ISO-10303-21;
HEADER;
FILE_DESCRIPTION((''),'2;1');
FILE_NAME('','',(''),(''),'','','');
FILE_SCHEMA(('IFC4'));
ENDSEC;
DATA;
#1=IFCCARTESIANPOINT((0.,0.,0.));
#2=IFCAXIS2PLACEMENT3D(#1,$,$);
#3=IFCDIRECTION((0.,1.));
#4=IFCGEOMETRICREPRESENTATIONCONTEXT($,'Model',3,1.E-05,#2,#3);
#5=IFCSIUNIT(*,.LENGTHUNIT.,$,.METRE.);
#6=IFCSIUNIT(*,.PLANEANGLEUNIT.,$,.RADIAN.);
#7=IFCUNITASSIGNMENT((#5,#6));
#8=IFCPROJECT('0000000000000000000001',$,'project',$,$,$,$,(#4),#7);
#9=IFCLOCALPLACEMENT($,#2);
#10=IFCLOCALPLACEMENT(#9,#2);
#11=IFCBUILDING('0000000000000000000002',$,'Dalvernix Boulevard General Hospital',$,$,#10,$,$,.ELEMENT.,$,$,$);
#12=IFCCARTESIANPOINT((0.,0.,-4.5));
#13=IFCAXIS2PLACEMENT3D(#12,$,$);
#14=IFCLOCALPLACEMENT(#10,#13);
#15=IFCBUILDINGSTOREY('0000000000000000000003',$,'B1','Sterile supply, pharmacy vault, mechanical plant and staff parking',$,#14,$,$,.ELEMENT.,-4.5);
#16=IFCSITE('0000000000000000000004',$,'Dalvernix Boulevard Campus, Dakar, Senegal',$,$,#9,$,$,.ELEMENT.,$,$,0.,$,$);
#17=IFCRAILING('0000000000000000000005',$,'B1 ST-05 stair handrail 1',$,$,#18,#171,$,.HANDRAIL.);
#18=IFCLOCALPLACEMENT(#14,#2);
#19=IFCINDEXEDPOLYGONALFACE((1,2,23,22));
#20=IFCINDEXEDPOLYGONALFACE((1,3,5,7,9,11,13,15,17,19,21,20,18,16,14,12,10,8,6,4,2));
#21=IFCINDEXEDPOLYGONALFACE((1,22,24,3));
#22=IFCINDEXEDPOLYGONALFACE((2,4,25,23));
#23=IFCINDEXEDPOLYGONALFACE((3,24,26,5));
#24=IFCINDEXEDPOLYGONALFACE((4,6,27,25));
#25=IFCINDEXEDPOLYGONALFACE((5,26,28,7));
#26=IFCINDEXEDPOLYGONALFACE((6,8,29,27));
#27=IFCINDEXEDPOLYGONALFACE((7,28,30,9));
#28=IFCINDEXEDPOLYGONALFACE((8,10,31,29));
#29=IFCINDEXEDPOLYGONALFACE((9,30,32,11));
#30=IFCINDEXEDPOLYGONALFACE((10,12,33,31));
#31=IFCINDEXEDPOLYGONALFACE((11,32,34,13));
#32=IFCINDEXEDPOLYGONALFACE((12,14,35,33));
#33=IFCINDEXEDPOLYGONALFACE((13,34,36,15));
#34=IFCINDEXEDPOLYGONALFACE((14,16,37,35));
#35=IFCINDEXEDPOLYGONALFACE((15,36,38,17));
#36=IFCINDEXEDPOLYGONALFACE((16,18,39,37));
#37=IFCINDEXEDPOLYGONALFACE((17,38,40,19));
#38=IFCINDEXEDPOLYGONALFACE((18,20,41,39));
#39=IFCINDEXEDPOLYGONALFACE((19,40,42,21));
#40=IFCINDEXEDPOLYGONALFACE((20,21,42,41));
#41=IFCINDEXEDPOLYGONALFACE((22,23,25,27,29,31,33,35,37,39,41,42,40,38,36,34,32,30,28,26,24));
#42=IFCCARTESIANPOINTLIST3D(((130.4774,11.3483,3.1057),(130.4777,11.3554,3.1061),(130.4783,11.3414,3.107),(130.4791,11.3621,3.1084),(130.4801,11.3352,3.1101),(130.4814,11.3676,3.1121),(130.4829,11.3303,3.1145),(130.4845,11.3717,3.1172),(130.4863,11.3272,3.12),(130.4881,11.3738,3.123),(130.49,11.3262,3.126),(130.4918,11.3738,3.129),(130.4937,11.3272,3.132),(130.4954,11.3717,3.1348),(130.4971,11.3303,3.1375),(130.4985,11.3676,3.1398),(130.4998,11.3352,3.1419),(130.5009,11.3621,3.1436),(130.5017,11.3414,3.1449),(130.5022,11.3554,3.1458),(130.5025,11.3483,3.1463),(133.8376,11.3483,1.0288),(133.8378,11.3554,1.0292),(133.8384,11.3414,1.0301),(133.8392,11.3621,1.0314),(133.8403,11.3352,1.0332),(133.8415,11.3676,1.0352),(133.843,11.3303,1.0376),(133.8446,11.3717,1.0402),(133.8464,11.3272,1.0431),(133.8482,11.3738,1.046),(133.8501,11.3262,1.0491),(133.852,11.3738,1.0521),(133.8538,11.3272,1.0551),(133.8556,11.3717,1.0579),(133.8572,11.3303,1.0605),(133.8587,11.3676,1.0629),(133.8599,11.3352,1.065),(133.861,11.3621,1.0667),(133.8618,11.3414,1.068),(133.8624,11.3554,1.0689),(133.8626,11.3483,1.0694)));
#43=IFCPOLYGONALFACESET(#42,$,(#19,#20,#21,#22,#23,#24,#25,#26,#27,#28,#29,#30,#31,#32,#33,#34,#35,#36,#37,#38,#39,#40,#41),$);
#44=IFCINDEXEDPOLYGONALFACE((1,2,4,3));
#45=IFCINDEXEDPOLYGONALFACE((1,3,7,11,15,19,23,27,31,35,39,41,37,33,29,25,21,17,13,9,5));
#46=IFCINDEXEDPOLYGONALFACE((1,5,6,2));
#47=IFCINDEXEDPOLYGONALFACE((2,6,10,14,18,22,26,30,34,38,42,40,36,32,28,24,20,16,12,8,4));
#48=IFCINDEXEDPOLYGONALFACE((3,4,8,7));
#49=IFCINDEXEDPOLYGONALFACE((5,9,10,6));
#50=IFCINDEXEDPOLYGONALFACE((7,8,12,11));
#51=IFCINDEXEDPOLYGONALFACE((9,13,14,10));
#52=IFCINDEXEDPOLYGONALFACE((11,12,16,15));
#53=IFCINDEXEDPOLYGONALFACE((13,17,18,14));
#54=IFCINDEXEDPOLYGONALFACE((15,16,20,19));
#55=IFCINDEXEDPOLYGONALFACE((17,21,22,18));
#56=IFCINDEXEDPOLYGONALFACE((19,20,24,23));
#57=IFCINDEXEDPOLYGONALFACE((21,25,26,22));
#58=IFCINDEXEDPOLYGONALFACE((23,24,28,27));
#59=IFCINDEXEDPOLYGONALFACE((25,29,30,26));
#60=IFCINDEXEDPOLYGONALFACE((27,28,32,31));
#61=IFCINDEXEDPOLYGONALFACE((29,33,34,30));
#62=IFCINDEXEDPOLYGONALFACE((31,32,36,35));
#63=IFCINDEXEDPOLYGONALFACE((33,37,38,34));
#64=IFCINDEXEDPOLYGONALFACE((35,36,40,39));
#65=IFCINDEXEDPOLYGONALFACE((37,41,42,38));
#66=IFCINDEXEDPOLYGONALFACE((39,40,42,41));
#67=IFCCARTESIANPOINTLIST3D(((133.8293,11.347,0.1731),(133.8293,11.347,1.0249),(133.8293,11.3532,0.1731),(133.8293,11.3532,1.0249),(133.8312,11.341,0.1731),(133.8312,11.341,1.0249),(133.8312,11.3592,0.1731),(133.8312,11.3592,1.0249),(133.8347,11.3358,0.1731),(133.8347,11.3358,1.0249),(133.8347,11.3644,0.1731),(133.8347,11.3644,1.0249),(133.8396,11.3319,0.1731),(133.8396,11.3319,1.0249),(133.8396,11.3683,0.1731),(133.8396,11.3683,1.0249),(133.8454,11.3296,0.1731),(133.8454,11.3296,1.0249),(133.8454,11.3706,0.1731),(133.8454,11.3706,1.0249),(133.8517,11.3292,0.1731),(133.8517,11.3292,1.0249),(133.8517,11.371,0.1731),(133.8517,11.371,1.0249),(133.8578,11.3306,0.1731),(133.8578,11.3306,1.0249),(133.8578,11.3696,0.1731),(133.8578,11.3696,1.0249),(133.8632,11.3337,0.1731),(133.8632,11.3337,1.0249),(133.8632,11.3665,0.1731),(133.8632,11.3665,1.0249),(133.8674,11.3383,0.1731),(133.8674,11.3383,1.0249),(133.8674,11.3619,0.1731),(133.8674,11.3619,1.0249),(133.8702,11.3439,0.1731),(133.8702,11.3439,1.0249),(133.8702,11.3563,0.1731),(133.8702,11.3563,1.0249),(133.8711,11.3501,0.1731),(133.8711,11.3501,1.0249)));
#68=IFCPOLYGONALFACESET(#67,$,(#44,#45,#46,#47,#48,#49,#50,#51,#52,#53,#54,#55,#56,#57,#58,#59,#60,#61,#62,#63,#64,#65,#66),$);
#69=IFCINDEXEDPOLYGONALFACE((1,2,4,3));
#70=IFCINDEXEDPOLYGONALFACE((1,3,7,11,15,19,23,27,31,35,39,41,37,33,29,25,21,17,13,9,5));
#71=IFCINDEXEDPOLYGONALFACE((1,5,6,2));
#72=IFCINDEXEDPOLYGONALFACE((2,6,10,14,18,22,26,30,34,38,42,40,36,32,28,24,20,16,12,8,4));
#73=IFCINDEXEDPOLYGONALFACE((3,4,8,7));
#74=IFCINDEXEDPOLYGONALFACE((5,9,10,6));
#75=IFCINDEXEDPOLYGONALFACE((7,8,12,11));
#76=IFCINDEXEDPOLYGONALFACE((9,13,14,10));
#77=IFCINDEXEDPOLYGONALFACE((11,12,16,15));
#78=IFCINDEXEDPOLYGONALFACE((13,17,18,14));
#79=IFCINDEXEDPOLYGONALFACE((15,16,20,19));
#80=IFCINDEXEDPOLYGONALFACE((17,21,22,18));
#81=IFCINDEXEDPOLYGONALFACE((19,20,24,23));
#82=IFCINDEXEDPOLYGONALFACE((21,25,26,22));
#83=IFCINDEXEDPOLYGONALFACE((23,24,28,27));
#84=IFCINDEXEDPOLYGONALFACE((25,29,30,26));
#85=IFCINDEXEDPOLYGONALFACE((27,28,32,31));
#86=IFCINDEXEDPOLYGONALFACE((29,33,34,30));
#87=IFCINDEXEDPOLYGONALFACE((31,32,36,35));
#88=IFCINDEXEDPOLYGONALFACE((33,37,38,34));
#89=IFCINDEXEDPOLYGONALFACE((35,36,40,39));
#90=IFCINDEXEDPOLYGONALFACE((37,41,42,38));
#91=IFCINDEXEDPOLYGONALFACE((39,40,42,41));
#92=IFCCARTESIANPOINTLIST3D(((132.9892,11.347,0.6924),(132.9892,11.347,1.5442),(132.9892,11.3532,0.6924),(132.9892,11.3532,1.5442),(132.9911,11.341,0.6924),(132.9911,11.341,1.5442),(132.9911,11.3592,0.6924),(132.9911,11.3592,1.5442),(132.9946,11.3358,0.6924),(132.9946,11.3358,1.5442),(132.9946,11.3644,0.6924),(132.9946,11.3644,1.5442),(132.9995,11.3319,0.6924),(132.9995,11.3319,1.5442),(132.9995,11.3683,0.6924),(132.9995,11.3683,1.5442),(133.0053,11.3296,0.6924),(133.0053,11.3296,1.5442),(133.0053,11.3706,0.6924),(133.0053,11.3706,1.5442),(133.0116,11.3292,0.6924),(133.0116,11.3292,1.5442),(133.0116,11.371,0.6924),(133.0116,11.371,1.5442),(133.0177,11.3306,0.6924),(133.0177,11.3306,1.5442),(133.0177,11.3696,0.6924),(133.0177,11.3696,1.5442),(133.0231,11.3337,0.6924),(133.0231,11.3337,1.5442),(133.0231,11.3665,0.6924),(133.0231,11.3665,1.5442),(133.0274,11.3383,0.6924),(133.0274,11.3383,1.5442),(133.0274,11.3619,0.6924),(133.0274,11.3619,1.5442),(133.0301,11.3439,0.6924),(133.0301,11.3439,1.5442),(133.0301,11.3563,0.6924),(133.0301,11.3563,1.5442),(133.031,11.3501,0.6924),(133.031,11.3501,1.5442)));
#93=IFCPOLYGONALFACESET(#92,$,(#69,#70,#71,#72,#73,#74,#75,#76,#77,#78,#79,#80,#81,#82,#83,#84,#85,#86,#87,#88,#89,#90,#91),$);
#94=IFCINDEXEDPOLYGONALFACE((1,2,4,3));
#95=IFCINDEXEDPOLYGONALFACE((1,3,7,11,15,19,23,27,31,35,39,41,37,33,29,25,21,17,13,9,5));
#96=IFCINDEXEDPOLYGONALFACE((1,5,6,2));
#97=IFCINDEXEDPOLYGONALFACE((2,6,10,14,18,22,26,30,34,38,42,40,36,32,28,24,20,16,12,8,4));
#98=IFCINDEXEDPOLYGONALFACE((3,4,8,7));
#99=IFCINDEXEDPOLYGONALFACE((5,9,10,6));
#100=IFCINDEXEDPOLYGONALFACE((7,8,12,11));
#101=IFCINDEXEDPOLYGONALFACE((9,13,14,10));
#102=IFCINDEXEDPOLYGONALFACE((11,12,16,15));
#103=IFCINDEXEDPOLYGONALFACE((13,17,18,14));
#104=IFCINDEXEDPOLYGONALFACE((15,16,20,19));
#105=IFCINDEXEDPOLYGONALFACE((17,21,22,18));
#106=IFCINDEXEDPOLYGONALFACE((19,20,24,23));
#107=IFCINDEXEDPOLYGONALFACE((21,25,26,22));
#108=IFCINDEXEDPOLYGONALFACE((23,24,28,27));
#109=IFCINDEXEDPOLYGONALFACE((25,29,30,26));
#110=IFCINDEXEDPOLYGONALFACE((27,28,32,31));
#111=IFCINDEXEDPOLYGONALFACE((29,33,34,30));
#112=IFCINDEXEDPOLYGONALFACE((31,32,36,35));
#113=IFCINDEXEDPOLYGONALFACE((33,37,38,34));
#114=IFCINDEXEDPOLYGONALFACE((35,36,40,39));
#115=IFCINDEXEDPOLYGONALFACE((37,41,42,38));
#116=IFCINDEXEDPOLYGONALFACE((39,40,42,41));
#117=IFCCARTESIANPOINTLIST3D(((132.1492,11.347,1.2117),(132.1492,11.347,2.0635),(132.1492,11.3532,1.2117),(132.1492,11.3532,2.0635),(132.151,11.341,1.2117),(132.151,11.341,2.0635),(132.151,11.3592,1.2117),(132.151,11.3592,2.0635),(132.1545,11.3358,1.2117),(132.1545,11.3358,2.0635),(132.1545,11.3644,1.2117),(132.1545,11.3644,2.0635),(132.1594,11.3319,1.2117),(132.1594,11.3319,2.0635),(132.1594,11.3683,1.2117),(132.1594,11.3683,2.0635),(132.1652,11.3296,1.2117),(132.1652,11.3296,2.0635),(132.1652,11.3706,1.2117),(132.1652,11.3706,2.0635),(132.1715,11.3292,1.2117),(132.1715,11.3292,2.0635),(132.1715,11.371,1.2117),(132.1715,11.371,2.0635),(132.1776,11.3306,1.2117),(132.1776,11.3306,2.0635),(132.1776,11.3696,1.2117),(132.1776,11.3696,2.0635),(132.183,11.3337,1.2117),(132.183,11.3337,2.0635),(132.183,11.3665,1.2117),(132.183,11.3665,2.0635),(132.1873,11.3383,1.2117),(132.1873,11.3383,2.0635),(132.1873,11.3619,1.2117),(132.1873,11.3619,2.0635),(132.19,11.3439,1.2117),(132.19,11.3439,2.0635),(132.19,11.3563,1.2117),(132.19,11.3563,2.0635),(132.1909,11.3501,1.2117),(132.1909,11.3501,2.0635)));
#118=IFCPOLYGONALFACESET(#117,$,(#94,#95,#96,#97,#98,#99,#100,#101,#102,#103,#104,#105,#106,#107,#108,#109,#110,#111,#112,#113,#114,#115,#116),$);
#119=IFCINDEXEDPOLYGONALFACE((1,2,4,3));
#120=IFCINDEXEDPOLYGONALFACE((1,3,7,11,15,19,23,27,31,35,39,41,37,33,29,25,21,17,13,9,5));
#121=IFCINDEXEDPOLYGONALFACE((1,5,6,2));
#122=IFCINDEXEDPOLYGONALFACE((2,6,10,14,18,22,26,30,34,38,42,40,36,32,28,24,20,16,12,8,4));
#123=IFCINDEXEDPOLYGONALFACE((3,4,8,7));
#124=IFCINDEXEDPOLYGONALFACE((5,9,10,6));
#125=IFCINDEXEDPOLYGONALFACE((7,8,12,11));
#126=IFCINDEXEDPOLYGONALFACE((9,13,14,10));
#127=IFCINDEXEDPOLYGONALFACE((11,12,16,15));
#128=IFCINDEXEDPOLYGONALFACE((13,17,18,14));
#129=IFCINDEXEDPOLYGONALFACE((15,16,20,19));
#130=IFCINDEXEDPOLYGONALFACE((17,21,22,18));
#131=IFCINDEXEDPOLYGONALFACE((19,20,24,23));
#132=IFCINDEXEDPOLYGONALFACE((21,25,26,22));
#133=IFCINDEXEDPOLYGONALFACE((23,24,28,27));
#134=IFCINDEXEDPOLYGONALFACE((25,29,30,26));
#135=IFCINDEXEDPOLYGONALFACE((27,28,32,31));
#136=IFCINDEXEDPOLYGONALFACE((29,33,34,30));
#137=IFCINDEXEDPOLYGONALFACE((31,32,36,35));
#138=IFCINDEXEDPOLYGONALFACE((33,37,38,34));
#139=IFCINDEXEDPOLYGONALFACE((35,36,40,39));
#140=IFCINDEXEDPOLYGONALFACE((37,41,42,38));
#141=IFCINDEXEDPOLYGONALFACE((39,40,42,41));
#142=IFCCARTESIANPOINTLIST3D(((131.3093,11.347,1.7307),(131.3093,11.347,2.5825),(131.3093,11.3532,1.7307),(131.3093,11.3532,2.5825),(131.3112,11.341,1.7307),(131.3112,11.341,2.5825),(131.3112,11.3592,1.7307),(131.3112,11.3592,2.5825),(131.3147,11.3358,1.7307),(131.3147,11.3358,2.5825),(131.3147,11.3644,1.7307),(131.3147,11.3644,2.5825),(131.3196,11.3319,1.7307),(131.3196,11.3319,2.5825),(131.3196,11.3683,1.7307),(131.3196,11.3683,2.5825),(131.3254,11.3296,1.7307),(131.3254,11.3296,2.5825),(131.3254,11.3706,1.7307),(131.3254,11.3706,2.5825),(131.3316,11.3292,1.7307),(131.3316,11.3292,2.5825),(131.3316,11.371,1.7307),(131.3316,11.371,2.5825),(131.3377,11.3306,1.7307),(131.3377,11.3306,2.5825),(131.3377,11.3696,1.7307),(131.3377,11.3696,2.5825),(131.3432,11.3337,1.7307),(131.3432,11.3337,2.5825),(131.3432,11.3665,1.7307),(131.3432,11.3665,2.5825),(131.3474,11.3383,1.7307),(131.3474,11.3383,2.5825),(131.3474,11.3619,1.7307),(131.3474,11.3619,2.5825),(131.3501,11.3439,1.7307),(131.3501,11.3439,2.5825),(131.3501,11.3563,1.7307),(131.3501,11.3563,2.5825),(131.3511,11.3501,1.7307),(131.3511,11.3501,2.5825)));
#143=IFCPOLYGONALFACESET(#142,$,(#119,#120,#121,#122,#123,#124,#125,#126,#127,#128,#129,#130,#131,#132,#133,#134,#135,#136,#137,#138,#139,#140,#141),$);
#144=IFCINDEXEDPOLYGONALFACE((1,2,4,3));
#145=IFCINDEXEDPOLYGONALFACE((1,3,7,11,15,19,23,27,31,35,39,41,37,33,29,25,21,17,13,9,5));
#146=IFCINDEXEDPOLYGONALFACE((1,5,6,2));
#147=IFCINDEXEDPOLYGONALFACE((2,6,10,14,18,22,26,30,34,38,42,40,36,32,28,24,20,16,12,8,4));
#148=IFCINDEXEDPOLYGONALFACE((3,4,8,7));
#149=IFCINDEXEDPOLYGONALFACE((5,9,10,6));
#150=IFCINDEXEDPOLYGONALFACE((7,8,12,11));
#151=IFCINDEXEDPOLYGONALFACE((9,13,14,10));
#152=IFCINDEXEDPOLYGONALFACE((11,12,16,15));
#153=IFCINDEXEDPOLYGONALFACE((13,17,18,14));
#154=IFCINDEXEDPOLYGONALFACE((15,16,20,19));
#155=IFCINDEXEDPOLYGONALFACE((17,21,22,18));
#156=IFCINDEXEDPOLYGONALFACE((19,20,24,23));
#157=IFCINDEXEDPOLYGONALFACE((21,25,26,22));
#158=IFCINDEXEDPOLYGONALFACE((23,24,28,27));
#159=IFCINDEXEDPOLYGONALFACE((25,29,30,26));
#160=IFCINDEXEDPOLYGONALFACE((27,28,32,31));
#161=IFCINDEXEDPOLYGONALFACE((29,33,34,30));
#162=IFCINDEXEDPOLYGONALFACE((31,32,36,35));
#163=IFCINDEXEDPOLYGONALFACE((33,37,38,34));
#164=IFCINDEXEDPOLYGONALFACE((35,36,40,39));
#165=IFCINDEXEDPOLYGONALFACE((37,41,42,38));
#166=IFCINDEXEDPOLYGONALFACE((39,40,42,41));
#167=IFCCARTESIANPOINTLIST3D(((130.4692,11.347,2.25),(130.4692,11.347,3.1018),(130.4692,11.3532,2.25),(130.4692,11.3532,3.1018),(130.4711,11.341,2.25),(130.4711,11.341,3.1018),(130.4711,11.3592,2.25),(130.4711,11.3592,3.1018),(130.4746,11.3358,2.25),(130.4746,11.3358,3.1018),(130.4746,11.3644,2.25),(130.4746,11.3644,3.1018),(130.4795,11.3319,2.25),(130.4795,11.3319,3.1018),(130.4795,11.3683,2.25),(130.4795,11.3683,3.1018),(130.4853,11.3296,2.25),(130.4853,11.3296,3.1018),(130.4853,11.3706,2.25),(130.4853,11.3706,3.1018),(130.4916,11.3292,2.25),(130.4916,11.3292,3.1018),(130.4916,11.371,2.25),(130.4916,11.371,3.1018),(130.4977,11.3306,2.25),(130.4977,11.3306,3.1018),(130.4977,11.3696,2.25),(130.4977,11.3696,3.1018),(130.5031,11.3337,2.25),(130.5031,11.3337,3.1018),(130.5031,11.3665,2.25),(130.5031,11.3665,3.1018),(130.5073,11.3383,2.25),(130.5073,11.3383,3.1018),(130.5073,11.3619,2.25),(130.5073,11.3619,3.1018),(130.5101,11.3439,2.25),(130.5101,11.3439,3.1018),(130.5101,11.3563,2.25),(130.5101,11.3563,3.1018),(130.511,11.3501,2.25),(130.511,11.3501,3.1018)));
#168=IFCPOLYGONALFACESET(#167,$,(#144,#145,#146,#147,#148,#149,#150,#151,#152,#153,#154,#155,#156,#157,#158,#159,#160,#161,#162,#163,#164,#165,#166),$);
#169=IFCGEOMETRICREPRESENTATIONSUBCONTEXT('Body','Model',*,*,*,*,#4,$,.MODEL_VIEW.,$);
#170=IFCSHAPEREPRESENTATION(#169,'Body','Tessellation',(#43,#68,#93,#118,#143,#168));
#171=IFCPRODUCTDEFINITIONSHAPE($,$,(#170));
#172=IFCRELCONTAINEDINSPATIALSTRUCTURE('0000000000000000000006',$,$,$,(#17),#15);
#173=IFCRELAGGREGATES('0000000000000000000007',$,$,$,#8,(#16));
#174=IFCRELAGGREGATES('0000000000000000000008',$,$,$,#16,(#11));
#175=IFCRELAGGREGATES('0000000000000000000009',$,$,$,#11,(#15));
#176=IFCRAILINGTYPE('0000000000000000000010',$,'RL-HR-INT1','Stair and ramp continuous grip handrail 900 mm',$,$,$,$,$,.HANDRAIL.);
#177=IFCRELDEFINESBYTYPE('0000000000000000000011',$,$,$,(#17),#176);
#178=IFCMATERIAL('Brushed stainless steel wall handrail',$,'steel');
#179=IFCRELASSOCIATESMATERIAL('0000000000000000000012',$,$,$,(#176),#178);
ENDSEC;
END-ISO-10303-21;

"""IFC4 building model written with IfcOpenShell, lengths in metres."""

from ifc_helpers import new_model, si_unit, direction, frame, origin, origin_2d, place, context, subcontext, project, spatial, circle, extrude, material, type_object, element, save


model = new_model("IFC4")

# Units and contexts
model_context = context("Model", 3, precision=1e-05, world=origin(), true_north=direction((0.0, 1.0)))
body_context = subcontext(model_context, "Body", "Model", "MODEL_VIEW")
ifc_project = project(units=[si_unit("LENGTHUNIT", "METRE"), si_unit("PLANEANGLEUNIT", "RADIAN")], contexts=[model_context])

# Site, building, storey
site_placement = place(None, origin())
site = spatial("IfcSite", under=ifc_project, at=site_placement, Name="Dalvernix Boulevard Campus, Dakar, Senegal", CompositionType="ELEMENT", RefElevation=0.0)
building_placement = place(site_placement, origin())
building = spatial("IfcBuilding", under=site, at=building_placement, Name="Dalvernix Boulevard General Hospital", CompositionType="ELEMENT")
storey_placement = place(building_placement, frame((0.0, 0.0, -4.5)))
storey = spatial("IfcBuildingStorey", under=building, at=storey_placement, Name="B1", Description="Sterile supply, pharmacy vault, mechanical plant and staff parking", CompositionType="ELEMENT", Elevation=-4.5)

# Railing
ifc_material_1 = material(Name="Brushed stainless steel wall handrail", Category="steel")
railing_type_1 = type_object("IfcRailingType", Name="RL-HR-INT1", Description="Stair and ramp continuous grip handrail 900 mm", PredefinedType="HANDRAIL", material=ifc_material_1)
railing_1_placement = place(storey_placement, frame((133.8501, 11.3501, 0.1731)))
element("IfcRailing", 1, at=railing_1_placement, inside=storey, type_object=railing_type_1, Name="B1 ST-05 stair handrail 1", PredefinedType="HANDRAIL", context=body_context, shape_type="SweptSolid", body=[
    extrude(circle(Radius=0.0239, at=origin_2d()), frame((0.0, 0.0, 0.876), z_axis=(-0.850623, 0.0, 0.525776), x_axis=(0.0, -1.0, 0.0)), (0.0, 0.0, 1.0), 3.9502),
    extrude(circle(Radius=0.021, at=origin_2d()), origin(), (0.0, 0.0, 1.0), 0.8518),
    extrude(circle(Radius=0.021, at=origin_2d()), frame((-0.8401, 0.0, 0.5193)), (0.0, 0.0, 1.0), 0.8518),
    extrude(circle(Radius=0.021, at=origin_2d()), frame((-1.6802, 0.0, 1.0386)), (0.0, 0.0, 1.0), 0.8518),
    extrude(circle(Radius=0.021, at=origin_2d()), frame((-2.52, 0.0, 1.5576)), (0.0, 0.0, 1.0), 0.8518),
    extrude(circle(Radius=0.021, at=origin_2d()), frame((-3.3601, 0.0, 2.0769)), (0.0, 0.0, 1.0), 0.8518),
])

save(model, "model.ifc")
